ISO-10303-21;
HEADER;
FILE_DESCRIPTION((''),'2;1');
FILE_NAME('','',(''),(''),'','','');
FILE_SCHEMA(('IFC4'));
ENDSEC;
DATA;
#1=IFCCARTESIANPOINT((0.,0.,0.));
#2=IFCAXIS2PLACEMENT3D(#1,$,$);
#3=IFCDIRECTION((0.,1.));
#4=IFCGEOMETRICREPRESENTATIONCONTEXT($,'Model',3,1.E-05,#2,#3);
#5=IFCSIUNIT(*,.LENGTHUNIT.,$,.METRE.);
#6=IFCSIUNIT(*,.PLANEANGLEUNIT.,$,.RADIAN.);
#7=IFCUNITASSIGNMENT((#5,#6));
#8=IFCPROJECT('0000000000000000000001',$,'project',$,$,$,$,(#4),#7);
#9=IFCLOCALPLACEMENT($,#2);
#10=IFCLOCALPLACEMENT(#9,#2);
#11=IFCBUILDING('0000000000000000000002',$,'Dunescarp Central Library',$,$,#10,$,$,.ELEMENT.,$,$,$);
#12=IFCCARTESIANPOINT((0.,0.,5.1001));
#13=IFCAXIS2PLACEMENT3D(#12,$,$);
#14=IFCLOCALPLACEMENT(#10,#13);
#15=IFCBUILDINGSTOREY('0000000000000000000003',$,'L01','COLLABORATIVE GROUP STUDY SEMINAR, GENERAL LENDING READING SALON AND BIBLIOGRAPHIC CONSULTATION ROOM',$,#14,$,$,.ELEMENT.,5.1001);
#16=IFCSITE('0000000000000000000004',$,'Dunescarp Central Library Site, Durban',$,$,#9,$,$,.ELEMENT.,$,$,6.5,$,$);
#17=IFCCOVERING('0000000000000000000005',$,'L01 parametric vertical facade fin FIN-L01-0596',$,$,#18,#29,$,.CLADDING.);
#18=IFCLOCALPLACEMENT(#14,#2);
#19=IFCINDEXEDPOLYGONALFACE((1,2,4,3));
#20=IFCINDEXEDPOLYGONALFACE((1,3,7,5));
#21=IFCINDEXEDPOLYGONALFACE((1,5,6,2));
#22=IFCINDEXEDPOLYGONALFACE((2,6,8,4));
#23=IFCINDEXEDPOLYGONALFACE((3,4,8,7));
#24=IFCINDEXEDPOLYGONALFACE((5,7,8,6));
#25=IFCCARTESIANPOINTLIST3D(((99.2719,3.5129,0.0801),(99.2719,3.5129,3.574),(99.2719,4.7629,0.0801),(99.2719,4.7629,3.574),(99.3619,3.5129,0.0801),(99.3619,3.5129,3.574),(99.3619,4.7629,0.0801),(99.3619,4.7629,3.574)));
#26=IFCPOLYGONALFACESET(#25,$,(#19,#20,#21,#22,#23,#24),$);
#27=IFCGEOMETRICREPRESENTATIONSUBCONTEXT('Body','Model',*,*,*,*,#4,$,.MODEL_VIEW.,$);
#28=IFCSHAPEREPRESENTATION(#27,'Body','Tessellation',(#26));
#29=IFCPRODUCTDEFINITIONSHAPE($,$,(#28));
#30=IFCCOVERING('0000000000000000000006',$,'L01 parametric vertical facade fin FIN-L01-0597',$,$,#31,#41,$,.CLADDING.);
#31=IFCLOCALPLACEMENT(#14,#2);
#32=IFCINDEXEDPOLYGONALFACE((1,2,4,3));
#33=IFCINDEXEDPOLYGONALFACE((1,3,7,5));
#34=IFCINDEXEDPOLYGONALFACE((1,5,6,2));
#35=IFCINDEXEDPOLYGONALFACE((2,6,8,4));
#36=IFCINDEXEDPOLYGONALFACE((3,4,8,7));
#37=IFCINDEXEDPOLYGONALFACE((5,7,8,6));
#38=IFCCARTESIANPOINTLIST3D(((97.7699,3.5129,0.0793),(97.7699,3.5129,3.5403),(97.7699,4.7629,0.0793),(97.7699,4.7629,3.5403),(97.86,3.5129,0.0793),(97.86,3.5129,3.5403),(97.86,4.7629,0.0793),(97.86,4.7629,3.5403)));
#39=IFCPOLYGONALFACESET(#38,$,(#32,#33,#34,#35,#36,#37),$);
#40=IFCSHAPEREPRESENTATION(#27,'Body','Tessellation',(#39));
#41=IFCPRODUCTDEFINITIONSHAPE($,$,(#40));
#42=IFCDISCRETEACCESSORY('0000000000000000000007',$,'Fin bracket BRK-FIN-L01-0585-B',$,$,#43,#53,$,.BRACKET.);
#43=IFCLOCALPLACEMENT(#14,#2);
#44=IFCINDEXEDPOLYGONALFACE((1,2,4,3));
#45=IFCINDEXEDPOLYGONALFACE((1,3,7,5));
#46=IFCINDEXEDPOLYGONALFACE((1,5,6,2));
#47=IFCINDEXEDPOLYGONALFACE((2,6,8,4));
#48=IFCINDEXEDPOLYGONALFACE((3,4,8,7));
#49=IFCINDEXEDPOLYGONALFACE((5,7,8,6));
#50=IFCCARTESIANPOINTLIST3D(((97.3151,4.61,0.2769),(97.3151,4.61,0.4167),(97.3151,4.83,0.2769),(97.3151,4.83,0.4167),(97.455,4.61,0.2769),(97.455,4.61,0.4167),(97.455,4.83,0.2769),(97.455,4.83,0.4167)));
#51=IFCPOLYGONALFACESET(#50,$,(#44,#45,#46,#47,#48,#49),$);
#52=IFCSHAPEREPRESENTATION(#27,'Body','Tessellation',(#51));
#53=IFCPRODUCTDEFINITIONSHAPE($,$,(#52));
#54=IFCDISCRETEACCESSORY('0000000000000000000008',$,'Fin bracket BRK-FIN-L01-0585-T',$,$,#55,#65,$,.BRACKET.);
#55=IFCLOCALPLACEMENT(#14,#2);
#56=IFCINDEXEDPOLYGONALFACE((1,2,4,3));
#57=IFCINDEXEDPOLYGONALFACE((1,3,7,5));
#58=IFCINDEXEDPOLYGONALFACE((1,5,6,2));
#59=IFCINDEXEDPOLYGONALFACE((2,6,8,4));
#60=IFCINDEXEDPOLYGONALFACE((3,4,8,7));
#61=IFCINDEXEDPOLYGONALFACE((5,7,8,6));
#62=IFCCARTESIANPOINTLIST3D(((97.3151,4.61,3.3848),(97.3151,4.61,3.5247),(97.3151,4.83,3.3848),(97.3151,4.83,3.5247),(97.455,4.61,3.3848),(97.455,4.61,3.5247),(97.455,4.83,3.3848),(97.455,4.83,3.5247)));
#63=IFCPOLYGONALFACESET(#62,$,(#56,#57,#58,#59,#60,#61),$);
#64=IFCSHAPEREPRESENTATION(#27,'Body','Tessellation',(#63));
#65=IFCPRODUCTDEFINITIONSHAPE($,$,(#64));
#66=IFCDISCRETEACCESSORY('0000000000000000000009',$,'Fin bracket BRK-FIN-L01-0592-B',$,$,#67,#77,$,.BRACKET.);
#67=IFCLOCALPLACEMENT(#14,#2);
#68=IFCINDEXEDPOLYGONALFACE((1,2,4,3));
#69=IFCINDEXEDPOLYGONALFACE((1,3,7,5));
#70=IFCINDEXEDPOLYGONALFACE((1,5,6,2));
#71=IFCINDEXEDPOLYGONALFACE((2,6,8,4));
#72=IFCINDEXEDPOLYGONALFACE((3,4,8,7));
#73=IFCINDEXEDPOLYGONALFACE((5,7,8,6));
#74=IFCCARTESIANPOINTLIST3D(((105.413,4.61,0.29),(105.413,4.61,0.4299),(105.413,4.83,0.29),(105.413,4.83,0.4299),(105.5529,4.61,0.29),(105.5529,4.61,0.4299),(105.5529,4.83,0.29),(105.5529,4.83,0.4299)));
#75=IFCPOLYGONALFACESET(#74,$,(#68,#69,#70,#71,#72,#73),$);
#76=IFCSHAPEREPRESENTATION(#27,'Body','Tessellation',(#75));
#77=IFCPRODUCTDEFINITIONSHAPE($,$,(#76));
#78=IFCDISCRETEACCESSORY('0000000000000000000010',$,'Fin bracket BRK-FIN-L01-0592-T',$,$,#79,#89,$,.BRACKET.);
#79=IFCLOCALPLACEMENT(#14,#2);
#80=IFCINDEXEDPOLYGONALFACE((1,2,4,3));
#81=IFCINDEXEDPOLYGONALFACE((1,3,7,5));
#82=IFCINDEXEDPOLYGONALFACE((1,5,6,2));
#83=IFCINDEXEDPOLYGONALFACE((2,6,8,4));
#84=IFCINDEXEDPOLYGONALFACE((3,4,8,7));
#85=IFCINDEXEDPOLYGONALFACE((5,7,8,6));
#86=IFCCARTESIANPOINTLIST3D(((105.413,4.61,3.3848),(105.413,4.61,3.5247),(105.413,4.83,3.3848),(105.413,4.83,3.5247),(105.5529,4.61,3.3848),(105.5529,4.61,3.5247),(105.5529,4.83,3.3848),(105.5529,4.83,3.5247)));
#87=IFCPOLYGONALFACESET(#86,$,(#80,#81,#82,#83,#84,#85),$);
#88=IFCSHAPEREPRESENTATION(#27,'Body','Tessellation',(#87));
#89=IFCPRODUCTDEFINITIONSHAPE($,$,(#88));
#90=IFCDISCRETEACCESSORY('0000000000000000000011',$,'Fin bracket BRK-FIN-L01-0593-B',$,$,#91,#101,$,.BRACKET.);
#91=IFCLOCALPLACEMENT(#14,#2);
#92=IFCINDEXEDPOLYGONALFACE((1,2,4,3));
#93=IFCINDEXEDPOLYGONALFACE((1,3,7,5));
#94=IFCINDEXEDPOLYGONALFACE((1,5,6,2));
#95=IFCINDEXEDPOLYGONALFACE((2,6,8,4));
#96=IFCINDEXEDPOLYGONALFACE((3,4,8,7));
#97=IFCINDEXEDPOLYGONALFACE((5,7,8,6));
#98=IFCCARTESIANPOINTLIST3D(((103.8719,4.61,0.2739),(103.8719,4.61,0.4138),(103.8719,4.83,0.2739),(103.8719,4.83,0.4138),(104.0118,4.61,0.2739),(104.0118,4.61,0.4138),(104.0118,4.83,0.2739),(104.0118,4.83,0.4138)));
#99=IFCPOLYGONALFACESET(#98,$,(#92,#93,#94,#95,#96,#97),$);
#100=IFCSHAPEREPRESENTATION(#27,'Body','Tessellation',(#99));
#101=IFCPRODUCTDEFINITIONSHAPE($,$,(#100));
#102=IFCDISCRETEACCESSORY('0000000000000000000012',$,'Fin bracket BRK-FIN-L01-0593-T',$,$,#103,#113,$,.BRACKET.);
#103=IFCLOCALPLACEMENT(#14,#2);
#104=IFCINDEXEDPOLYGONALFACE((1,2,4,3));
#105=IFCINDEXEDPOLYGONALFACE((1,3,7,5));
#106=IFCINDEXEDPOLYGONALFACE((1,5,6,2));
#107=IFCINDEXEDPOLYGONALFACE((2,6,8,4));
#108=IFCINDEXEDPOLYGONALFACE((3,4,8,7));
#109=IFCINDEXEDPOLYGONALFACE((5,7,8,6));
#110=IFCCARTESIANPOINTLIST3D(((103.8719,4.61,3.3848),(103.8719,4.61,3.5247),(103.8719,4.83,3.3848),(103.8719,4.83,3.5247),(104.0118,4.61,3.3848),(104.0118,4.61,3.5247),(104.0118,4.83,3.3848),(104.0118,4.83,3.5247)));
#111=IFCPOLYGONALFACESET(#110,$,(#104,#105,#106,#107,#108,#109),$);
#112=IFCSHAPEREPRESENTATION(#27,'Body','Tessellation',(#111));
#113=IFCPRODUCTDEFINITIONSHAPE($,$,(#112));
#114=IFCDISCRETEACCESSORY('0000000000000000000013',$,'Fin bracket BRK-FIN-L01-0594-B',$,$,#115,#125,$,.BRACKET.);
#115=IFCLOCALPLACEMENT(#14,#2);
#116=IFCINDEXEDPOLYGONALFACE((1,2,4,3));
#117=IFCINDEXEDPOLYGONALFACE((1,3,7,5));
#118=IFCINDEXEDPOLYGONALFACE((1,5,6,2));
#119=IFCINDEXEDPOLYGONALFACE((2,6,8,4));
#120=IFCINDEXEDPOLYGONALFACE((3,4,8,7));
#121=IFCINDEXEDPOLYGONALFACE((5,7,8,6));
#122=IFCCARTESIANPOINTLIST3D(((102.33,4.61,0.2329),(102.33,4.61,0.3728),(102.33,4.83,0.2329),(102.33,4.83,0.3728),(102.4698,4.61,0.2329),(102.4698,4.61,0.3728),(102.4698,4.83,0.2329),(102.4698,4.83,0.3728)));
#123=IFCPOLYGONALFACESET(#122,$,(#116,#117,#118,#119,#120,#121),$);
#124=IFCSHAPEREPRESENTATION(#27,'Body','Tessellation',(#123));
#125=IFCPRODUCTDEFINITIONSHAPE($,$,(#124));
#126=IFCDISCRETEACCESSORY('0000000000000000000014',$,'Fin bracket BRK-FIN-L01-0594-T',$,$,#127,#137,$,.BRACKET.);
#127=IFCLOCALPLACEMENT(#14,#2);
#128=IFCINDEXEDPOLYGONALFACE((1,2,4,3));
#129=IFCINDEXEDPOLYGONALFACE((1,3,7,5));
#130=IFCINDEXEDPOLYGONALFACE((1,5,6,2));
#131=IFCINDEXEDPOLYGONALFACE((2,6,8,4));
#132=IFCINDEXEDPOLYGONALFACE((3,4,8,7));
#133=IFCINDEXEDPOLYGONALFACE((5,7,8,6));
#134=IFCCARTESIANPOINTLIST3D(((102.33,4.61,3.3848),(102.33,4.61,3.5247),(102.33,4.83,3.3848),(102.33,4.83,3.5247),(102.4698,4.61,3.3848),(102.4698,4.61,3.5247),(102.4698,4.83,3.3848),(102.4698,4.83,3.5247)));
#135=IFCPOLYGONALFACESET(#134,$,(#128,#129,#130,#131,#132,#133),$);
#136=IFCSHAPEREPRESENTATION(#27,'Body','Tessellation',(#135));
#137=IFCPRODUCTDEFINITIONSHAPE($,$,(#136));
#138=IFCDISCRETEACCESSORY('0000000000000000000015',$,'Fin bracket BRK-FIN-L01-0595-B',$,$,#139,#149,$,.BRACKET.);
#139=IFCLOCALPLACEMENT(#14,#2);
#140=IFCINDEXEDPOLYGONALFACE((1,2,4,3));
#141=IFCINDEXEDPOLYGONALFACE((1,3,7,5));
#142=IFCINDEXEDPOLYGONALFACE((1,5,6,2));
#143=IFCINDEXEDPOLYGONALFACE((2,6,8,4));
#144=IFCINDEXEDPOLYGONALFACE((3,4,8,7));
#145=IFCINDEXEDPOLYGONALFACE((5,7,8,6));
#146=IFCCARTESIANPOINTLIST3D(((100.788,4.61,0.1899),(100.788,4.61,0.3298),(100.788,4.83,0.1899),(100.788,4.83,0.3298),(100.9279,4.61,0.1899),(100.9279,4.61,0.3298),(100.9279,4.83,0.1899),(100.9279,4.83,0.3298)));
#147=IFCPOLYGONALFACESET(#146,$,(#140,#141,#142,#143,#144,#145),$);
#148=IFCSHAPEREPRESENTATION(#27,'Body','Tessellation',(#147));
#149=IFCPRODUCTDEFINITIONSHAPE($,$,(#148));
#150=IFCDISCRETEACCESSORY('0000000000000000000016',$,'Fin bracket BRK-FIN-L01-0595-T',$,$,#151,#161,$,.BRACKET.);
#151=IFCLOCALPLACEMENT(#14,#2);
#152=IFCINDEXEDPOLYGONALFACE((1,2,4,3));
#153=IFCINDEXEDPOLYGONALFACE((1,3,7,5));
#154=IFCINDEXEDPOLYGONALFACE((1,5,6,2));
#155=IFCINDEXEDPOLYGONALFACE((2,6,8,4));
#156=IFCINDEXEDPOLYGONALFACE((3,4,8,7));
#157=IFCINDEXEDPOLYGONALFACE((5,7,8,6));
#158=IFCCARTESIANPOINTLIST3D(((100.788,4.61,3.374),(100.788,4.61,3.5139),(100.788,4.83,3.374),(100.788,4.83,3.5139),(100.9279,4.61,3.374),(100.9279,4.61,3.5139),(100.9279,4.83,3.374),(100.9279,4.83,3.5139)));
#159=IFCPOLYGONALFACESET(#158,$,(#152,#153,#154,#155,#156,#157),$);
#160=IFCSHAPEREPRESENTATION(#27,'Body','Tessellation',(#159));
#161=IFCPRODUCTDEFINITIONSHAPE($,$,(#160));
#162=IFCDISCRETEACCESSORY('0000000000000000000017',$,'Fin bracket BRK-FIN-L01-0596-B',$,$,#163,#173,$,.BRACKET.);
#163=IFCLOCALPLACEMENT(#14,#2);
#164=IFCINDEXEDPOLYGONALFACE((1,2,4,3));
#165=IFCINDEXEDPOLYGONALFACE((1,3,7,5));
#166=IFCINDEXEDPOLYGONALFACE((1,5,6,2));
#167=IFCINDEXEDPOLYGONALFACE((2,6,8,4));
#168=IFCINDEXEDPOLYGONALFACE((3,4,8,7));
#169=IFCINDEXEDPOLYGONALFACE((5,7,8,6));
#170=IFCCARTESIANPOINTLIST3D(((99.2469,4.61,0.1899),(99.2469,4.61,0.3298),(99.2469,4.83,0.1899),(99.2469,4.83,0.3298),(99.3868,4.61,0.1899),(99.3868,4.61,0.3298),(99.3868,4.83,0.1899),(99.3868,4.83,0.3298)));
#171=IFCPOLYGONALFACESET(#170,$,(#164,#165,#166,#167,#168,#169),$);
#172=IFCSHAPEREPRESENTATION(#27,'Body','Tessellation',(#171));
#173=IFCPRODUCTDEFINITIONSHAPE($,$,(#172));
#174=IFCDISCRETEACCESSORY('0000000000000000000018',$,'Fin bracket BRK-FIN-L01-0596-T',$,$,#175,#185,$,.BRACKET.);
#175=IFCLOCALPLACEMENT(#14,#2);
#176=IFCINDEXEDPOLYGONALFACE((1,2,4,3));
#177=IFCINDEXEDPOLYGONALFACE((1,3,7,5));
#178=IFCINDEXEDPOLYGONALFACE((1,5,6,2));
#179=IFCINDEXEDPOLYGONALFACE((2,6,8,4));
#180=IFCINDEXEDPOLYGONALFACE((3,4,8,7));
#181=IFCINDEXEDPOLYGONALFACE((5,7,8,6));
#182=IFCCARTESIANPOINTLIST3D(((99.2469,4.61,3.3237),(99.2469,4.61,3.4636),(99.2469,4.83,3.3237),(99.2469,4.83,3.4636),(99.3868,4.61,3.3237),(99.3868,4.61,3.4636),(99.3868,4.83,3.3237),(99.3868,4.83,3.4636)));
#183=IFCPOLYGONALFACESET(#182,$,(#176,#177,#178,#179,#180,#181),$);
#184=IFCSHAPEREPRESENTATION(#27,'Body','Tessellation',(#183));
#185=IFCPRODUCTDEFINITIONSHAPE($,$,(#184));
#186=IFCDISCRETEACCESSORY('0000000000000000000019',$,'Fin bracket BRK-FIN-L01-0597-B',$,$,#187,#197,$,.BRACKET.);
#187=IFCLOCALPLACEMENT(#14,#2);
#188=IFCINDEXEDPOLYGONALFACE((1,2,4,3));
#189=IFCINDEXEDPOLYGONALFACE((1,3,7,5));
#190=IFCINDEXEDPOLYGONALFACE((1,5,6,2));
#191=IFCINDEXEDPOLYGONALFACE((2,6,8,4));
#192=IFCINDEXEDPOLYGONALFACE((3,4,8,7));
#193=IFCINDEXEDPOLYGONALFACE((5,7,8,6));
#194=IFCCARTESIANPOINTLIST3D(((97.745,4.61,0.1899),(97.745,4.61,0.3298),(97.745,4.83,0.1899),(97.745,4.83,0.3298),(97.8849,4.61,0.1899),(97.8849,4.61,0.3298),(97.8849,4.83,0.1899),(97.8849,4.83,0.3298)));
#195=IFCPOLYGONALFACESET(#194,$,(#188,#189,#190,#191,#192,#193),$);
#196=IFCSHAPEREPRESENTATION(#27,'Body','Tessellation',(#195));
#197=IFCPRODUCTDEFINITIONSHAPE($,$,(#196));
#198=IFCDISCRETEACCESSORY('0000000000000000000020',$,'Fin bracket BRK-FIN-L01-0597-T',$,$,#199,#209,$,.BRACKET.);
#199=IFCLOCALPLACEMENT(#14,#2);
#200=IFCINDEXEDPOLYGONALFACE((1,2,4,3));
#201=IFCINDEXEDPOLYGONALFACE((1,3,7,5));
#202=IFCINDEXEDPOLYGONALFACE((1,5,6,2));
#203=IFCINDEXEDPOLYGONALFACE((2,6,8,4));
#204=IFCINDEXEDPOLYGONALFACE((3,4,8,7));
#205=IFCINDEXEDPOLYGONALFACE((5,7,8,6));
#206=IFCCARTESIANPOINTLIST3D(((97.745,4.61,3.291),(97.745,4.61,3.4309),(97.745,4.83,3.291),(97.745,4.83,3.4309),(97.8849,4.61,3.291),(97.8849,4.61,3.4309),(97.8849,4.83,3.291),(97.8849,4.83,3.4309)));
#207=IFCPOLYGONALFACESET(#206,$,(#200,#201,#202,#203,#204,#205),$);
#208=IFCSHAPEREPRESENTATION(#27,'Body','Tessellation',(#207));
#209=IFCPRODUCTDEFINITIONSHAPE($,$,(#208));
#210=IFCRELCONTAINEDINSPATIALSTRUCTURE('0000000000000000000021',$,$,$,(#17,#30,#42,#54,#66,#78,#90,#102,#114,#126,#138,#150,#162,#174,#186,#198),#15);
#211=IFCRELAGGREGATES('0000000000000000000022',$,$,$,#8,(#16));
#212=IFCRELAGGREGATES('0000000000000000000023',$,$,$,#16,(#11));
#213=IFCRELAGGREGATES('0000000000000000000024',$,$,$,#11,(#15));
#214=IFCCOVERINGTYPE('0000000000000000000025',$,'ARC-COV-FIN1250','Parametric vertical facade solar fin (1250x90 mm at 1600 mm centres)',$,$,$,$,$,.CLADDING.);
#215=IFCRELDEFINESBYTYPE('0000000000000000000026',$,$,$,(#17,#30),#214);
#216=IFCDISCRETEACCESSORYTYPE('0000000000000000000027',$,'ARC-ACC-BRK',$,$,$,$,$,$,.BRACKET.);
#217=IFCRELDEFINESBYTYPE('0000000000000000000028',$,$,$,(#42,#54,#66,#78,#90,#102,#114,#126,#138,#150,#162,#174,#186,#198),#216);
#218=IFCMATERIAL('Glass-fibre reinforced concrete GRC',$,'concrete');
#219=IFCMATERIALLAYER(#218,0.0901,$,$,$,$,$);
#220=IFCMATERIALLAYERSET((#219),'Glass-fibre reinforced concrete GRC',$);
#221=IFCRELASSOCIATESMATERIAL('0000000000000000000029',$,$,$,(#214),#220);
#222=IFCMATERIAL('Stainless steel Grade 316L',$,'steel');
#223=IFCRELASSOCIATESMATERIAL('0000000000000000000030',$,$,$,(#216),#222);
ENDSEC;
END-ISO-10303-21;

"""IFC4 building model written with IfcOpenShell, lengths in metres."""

from ifc_helpers import new_model, si_unit, direction, frame, origin, origin_2d, place, context, subcontext, project, spatial, rectangle, extrude, material, layer, layer_set, type_object, element, save


model = new_model("IFC4")

# Units and contexts
model_context = context("Model", 3, precision=1e-05, world=origin(), true_north=direction((0.0, 1.0)))
body_context = subcontext(model_context, "Body", "Model", "MODEL_VIEW")
ifc_project = project(units=[si_unit("LENGTHUNIT", "METRE"), si_unit("PLANEANGLEUNIT", "RADIAN")], contexts=[model_context])

# Site, building, storey
site_placement = place(None, origin())
site = spatial("IfcSite", under=ifc_project, at=site_placement, Name="Dunescarp Central Library Site, Durban", CompositionType="ELEMENT", RefElevation=6.5)
building_placement = place(site_placement, origin())
building = spatial("IfcBuilding", under=site, at=building_placement, Name="Dunescarp Central Library", CompositionType="ELEMENT")
storey_placement = place(building_placement, frame((0.0, 0.0, 5.1001)))
storey = spatial("IfcBuildingStorey", under=building, at=storey_placement, Name="L01", Description="COLLABORATIVE GROUP STUDY SEMINAR, GENERAL LENDING READING SALON AND BIBLIOGRAPHIC CONSULTATION ROOM", CompositionType="ELEMENT", Elevation=5.1001)

# Coverings
ifc_material_1 = material(Name="Glass-fibre reinforced concrete GRC", Category="concrete")
ifc_layer = layer(ifc_material_1, 0.0901)
ifc_layer_set = layer_set([ifc_layer], Name="Glass-fibre reinforced concrete GRC")
covering_type = type_object("IfcCoveringType", Name="ARC-COV-FIN1250", Description="Parametric vertical facade solar fin (1250x90 mm at 1600 mm centres)", PredefinedType="CLADDING", material=ifc_layer_set)
covering_1_placement = place(storey_placement, frame((99.3169, 4.1379, 0.0801), z_axis=(0.0, 0.0, 1.0), x_axis=(0.0, -1.0, 0.0)))
element("IfcCovering", 1, at=covering_1_placement, inside=storey, type_object=covering_type, Name="L01 parametric vertical facade fin FIN-L01-0596", PredefinedType="CLADDING", context=body_context, shape_type="SweptSolid", body=[
    extrude(rectangle(XDim=1.25, YDim=0.0901, at=origin_2d()), origin(), (0.0, 0.0, 1.0), 3.4939),
])
covering_2_placement = place(storey_placement, frame((97.8149, 4.1379, 0.0793), z_axis=(0.0, 0.0, 1.0), x_axis=(0.0, -1.0, 0.0)))
element("IfcCovering", 2, at=covering_2_placement, inside=storey, type_object=covering_type, Name="L01 parametric vertical facade fin FIN-L01-0597", PredefinedType="CLADDING", context=body_context, shape_type="SweptSolid", body=[
    extrude(rectangle(XDim=1.25, YDim=0.0901, at=origin_2d()), origin(), (0.0, 0.0, 1.0), 3.4609),
])

# Discrete accessories
ifc_material_2 = material(Name="Stainless steel Grade 316L", Category="steel")
discrete_accessory_type = type_object("IfcDiscreteAccessoryType", Name="ARC-ACC-BRK", PredefinedType="BRACKET", material=ifc_material_2)
for number, where, z_axis, x_axis, name in (
    (3, (97.385, 4.72, 0.2769), (0.0, 0.0, 1.0), (0.0, -1.0, 0.0), "Fin bracket BRK-FIN-L01-0585-B"),
    (4, (97.385, 4.72, 3.3848), (0.0, 0.0, 1.0), (0.0, -1.0, 0.0), "Fin bracket BRK-FIN-L01-0585-T"),
    (5, (105.4829, 4.72, 0.29), (0.0, 0.0, 1.0), (0.0, -1.0, 0.0), "Fin bracket BRK-FIN-L01-0592-B"),
    (6, (105.4829, 4.72, 3.3848), (0.0, 0.0, 1.0), (0.0, -1.0, 0.0), "Fin bracket BRK-FIN-L01-0592-T"),
    (7, (103.9419, 4.72, 0.2739), (0.0, 0.0, 1.0), (0.0, -1.0, 0.0), "Fin bracket BRK-FIN-L01-0593-B"),
    (8, (103.9419, 4.72, 3.3848), (0.0, 0.0, 1.0), (0.0, -1.0, 0.0), "Fin bracket BRK-FIN-L01-0593-T"),
    (9, (102.3999, 4.72, 0.2329), (0.0, 0.0, 1.0), (0.0, -1.0, 0.0), "Fin bracket BRK-FIN-L01-0594-B"),
    (10, (102.3999, 4.72, 3.3848), (0.0, 0.0, 1.0), (0.0, -1.0, 0.0), "Fin bracket BRK-FIN-L01-0594-T"),
    (11, (100.8579, 4.72, 0.1899), (0.0, 0.0, 1.0), (0.0, -1.0, 0.0), "Fin bracket BRK-FIN-L01-0595-B"),
    (12, (100.8579, 4.72, 3.374), (0.0, 0.0, 1.0), (0.0, -1.0, 0.0), "Fin bracket BRK-FIN-L01-0595-T"),
    (13, (99.3169, 4.72, 0.1899), (0.0, 0.0, 1.0), (0.0, -1.0, 0.0), "Fin bracket BRK-FIN-L01-0596-B"),
    (14, (99.3169, 4.72, 3.3237), (0.0, 0.0, 1.0), (0.0, -1.0, 0.0), "Fin bracket BRK-FIN-L01-0596-T"),
    (15, (97.8149, 4.72, 0.1899), (0.0, 0.0, 1.0), (0.0, -1.0, 0.0), "Fin bracket BRK-FIN-L01-0597-B"),
    (16, (97.8149, 4.72, 3.291), (0.0, 0.0, 1.0), (0.0, -1.0, 0.0), "Fin bracket BRK-FIN-L01-0597-T"),
):
    element("IfcDiscreteAccessory", number, at=place(storey_placement, frame(where, z_axis=z_axis, x_axis=x_axis)), inside=storey, type_object=discrete_accessory_type, Name=name, PredefinedType="BRACKET", context=body_context, shape_type="SweptSolid", body=[
        extrude(rectangle(XDim=0.22, YDim=0.1399, at=origin_2d()), origin(), (0.0, 0.0, 1.0), 0.1399),
    ])

save(model, "model.ifc")
